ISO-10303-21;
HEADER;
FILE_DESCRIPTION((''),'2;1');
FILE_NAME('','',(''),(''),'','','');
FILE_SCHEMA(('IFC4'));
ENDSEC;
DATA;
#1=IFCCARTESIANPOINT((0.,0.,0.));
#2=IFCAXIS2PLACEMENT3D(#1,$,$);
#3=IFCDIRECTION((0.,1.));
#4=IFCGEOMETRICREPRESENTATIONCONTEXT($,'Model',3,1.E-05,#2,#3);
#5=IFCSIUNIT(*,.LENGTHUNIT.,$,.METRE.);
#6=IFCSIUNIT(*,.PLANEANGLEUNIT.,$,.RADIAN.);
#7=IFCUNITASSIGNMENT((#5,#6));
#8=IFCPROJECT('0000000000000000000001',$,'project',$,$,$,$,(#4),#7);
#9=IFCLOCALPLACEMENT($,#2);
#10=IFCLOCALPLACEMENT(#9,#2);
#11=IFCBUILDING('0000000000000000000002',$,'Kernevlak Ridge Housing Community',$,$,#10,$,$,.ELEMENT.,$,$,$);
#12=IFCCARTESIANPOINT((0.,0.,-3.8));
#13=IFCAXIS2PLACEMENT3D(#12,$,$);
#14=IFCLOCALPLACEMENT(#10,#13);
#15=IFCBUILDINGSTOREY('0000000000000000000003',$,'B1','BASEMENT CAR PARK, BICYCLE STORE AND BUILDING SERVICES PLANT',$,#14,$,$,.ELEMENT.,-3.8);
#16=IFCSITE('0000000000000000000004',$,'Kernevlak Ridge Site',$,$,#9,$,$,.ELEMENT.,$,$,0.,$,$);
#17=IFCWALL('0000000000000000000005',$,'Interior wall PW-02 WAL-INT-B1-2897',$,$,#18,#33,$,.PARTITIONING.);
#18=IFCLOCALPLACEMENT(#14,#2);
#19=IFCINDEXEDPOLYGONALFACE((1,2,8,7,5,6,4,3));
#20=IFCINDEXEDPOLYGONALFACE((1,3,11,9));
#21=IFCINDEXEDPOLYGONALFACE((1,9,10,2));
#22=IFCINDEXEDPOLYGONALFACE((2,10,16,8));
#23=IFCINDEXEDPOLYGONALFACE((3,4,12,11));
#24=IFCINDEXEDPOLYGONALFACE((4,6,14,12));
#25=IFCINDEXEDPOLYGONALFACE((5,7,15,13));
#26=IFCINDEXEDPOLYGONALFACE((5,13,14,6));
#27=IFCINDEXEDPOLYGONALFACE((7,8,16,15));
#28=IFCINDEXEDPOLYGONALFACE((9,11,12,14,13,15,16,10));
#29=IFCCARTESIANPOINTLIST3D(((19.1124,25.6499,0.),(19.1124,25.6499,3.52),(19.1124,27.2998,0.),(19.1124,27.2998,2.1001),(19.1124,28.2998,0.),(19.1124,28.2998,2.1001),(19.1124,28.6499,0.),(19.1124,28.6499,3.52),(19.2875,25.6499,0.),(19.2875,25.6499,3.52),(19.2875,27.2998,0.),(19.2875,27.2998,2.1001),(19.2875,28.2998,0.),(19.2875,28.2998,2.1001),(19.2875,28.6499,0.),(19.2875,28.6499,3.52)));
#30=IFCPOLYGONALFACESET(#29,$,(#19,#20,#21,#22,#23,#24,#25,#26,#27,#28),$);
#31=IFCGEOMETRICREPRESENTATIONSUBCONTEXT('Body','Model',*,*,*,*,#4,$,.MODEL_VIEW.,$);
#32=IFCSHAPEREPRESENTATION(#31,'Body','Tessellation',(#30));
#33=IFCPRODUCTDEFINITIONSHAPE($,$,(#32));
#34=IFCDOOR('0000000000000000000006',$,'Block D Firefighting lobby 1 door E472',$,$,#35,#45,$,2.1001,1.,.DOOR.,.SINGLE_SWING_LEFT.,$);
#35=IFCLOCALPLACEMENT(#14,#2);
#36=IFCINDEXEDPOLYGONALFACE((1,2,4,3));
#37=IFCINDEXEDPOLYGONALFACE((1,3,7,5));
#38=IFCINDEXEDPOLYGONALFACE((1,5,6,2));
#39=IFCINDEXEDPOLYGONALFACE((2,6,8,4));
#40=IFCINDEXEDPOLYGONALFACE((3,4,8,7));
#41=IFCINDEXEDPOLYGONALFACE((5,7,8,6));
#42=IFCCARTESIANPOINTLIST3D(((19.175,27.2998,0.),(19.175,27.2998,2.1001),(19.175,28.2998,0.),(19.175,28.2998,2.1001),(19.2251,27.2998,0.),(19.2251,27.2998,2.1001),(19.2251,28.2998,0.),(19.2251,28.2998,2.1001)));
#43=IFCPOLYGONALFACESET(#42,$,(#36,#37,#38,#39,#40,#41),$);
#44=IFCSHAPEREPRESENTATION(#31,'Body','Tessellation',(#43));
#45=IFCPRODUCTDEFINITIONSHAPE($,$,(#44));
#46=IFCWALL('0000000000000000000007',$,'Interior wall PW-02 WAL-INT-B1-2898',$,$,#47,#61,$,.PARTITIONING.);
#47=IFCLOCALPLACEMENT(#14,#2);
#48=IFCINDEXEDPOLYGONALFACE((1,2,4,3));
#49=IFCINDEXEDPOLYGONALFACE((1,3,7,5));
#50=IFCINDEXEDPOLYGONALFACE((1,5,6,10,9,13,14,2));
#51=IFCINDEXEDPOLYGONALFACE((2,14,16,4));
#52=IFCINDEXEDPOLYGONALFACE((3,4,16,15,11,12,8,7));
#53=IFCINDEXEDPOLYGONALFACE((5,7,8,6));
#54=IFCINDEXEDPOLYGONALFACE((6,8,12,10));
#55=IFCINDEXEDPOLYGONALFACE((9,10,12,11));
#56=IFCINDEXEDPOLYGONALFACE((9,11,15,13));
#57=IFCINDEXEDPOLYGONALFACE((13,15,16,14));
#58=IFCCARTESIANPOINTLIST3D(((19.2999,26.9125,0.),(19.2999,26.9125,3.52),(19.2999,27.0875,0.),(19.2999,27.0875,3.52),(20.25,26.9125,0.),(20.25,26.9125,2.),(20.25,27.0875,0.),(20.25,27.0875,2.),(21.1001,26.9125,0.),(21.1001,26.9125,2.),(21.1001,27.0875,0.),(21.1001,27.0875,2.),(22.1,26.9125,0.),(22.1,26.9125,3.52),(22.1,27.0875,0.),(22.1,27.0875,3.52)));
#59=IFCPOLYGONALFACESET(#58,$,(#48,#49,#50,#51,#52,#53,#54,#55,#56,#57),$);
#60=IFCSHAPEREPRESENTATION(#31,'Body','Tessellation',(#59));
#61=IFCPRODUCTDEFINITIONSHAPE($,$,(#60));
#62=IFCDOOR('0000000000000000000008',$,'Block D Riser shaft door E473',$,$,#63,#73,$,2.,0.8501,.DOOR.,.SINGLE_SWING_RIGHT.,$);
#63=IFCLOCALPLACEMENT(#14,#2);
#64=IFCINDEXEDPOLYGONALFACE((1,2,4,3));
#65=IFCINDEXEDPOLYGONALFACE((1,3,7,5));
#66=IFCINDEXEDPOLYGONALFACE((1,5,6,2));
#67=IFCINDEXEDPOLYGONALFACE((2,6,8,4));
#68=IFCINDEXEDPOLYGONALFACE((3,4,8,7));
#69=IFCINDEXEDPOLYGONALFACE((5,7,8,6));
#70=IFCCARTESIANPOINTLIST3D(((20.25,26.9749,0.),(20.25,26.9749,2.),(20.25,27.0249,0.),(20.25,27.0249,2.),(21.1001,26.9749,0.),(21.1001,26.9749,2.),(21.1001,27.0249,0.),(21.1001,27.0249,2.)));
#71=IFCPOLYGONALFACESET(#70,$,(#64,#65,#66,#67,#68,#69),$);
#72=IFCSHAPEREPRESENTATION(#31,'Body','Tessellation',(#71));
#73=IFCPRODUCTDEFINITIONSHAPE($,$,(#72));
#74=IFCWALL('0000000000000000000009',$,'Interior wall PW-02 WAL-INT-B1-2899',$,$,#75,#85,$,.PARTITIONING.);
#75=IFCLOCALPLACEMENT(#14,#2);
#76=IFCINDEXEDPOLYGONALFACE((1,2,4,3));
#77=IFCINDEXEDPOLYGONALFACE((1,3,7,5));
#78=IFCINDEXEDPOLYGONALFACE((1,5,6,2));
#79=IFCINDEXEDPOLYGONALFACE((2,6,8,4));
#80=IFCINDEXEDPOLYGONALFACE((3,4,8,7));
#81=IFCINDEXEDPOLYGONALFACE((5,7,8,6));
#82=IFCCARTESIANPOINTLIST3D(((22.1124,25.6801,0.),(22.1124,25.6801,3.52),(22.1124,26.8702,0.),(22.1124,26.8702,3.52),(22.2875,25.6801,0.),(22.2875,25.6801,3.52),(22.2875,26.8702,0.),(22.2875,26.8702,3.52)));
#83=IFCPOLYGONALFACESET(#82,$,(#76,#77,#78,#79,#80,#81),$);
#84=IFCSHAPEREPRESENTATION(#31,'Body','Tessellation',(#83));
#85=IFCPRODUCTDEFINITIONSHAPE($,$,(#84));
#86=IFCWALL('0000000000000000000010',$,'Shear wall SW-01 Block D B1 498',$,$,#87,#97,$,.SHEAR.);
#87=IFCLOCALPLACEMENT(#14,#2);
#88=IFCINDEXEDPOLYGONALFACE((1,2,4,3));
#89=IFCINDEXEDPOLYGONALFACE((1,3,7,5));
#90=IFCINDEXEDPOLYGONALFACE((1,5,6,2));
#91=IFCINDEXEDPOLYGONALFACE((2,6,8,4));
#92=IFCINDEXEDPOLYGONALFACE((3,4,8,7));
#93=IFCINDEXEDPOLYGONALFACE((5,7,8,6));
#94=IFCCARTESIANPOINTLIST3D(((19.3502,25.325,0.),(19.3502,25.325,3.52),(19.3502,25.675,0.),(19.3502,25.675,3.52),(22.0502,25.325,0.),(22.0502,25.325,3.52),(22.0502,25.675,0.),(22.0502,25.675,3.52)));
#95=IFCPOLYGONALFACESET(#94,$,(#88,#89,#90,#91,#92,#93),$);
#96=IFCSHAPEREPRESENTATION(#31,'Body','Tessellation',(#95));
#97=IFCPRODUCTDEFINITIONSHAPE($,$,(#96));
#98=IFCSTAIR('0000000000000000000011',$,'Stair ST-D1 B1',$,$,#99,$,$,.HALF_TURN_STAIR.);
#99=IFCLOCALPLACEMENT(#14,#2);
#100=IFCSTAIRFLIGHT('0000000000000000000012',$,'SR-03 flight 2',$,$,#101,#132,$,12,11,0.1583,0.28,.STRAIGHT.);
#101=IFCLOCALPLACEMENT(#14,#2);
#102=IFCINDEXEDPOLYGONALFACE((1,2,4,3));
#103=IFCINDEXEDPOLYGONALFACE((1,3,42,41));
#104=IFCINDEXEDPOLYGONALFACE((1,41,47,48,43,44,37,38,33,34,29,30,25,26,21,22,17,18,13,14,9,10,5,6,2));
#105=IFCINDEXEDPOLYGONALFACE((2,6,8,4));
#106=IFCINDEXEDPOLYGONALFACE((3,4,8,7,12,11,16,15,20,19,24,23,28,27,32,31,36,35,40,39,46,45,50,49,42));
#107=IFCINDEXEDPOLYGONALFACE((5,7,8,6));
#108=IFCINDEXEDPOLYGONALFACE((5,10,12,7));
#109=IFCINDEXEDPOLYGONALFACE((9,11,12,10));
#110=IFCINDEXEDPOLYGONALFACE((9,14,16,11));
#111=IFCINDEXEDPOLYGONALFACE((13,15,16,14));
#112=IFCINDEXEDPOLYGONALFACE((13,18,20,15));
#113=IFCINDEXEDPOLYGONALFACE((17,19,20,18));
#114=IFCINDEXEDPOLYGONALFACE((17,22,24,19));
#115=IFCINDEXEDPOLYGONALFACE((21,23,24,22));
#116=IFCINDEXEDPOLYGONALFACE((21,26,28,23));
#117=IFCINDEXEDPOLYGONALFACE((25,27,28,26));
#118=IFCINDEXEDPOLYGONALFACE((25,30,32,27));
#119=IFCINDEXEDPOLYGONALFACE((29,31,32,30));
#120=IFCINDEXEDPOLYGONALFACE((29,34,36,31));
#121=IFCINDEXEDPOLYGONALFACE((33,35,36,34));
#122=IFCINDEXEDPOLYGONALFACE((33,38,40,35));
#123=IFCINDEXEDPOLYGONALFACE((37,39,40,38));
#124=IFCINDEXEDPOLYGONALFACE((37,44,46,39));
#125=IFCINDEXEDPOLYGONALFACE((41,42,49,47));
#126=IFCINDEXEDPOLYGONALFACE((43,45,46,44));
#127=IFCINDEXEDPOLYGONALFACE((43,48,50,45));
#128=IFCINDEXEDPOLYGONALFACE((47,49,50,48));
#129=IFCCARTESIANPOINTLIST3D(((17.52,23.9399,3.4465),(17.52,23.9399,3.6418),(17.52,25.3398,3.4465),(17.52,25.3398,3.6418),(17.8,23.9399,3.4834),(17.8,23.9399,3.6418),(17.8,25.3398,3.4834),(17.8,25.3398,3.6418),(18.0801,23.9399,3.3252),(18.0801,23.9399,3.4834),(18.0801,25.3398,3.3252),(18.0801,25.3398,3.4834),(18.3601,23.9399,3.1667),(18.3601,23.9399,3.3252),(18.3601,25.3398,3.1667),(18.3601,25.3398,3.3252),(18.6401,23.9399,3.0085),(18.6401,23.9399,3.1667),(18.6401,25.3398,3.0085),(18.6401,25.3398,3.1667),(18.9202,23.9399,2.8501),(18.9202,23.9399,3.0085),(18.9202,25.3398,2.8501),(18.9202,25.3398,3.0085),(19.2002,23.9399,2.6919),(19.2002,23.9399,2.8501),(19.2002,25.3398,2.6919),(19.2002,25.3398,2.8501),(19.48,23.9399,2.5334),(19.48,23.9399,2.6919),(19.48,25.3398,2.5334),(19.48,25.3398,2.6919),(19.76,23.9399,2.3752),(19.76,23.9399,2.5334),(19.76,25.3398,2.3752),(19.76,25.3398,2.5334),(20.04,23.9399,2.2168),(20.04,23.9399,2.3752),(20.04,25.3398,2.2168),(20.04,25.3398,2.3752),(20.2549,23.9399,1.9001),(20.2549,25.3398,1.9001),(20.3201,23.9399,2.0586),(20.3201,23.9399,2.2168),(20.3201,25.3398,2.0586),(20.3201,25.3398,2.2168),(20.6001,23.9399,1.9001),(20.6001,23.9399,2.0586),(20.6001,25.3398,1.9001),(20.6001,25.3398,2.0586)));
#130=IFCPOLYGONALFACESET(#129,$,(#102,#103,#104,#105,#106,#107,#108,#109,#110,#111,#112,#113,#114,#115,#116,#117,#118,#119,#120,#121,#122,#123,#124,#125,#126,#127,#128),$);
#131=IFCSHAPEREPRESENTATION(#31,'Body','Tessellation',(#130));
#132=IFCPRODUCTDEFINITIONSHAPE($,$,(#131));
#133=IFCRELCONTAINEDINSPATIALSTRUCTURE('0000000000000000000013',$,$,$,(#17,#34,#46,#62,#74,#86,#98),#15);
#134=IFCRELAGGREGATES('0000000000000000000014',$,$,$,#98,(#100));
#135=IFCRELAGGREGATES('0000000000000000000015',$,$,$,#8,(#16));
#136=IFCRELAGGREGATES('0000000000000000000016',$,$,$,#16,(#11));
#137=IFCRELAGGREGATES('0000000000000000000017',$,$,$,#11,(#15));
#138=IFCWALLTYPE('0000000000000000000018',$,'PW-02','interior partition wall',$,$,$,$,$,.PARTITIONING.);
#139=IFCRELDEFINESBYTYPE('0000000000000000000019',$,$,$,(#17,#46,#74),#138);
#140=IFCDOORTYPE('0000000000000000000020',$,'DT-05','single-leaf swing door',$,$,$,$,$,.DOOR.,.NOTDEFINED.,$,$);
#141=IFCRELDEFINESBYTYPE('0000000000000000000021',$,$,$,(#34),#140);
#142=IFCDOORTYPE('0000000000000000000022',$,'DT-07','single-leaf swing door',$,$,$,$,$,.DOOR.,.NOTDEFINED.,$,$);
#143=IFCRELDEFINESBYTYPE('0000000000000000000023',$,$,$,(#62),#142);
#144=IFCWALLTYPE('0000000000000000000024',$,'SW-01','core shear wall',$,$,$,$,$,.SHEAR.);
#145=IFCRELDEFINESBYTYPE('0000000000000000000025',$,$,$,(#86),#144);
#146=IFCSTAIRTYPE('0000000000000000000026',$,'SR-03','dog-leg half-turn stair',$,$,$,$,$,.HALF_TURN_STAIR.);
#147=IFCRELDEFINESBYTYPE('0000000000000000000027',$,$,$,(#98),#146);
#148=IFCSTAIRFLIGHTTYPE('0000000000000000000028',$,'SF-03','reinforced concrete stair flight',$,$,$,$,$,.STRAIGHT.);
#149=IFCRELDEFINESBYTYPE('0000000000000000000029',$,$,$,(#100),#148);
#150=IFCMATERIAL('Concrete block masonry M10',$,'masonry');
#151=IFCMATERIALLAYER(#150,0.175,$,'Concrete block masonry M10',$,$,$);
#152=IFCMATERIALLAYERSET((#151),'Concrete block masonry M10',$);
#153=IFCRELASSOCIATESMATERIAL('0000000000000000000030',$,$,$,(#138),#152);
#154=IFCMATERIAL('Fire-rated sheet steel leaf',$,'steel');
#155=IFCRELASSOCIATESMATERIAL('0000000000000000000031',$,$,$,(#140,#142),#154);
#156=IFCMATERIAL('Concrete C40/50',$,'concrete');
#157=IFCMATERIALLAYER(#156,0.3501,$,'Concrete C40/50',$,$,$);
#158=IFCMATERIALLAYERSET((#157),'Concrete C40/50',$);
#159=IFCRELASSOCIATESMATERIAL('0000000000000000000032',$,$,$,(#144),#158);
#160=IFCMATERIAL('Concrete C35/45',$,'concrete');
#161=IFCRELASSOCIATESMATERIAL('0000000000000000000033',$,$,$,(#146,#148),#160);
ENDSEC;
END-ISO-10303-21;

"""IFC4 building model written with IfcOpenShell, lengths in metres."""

from ifc_helpers import new_model, si_unit, direction, frame, frame_2d, origin, place, context, subcontext, project, spatial, polyline, rectangle, outline, extrude, material, layer, layer_set, type_object, element, fill, aggregate, save


model = new_model("IFC4")

# Units and contexts
model_context = context("Model", 3, precision=1e-05, world=origin(), true_north=direction((0.0, 1.0)))
body_context = subcontext(model_context, "Body", "Model", "MODEL_VIEW")
ifc_project = project(units=[si_unit("LENGTHUNIT", "METRE"), si_unit("PLANEANGLEUNIT", "RADIAN")], contexts=[model_context])

# Site, building, storey
site_placement = place(None, origin())
site = spatial("IfcSite", under=ifc_project, at=site_placement, Name="Kernevlak Ridge Site", CompositionType="ELEMENT", RefElevation=0.0)
building_placement = place(site_placement, origin())
building = spatial("IfcBuilding", under=site, at=building_placement, Name="Kernevlak Ridge Housing Community", CompositionType="ELEMENT")
storey_placement = place(building_placement, frame((0.0, 0.0, -3.8)))
storey = spatial("IfcBuildingStorey", under=building, at=storey_placement, Name="B1", Description="BASEMENT CAR PARK, BICYCLE STORE AND BUILDING SERVICES PLANT", CompositionType="ELEMENT", Elevation=-3.8)

# Shared definitions
ifc_material_1 = material(Name="Concrete C35/45", Category="concrete")

# Walls, openings, doors
ifc_material_2 = material(Name="Concrete block masonry M10", Category="masonry")
ifc_layer_1 = layer(ifc_material_2, 0.175, Name="Concrete block masonry M10")
ifc_layer_set_1 = layer_set([ifc_layer_1], Name="Concrete block masonry M10")
wall_type_1 = type_object("IfcWallType", Name="PW-02", Description="interior partition wall", PredefinedType="PARTITIONING", material=ifc_layer_set_1)
wall_1_placement = place(storey_placement, frame((19.2, 25.6499, 0.0), z_axis=(0.0, 0.0, 1.0), x_axis=(0.0, 1.0, 0.0)))
wall_1 = element("IfcWall", 1, at=wall_1_placement, inside=storey, type_object=wall_type_1, Name="Interior wall PW-02 WAL-INT-B1-2897", PredefinedType="PARTITIONING", context=body_context, shape_type="SweptSolid", body=[
    extrude(rectangle(XDim=3.0, YDim=0.175, at=frame_2d((1.5, 0.0))), origin(), (0.0, 0.0, 1.0), 3.52),
])
opening_1_placement = place(wall_1_placement, frame((1.6499, 0.0, 0.0)))
opening_1 = element("IfcOpeningElement", 2, at=opening_1_placement, cuts=wall_1, PredefinedType="OPENING", context=body_context, shape_type="SweptSolid", body=[
    extrude(rectangle(XDim=1.0, YDim=2.1001, at=frame_2d((0.5, 1.05))), frame((0.0, 0.0974, 0.0), z_axis=(0.0, -1.0, 0.0), x_axis=(1.0, 0.0, 0.0)), (0.0, 0.0, 1.0), 0.1951),
])
ifc_material_3 = material(Name="Fire-rated sheet steel leaf", Category="steel")
door_type_1 = type_object("IfcDoorType", Name="DT-05", Description="single-leaf swing door", OperationType="NOTDEFINED", PredefinedType="DOOR", material=ifc_material_3)
door_1_placement = place(opening_1_placement, origin())
door_1 = element("IfcDoor", 3, at=door_1_placement, inside=storey, type_object=door_type_1, Name="Block D Firefighting lobby 1 door E472", OperationType="SINGLE_SWING_LEFT", OverallHeight=2.1001, OverallWidth=1.0, PredefinedType="DOOR", context=body_context, shape_type="SweptSolid", body=[
    extrude(rectangle(XDim=1.0, YDim=2.1001, at=frame_2d((0.5, 1.05))), frame((0.0, 0.0249, 0.0), z_axis=(0.0, -1.0, 0.0), x_axis=(1.0, 0.0, 0.0)), (0.0, 0.0, 1.0), 0.05),
])
fill(opening_1, door_1)
wall_2_placement = place(storey_placement, frame((19.3, 27.0, 0.0), z_axis=(0.0, 0.0, 1.0), x_axis=(1.0, 0.0, 0.0)))
wall_2 = element("IfcWall", 4, at=wall_2_placement, inside=storey, type_object=wall_type_1, Name="Interior wall PW-02 WAL-INT-B1-2898", PredefinedType="PARTITIONING", context=body_context, shape_type="SweptSolid", body=[
    extrude(rectangle(XDim=2.8, YDim=0.175, at=frame_2d((1.3999, 0.0))), origin(), (0.0, 0.0, 1.0), 3.52),
])
opening_2_placement = place(wall_2_placement, frame((0.95, 0.0, 0.0)))
opening_2 = element("IfcOpeningElement", 5, at=opening_2_placement, cuts=wall_2, PredefinedType="OPENING", context=body_context, shape_type="SweptSolid", body=[
    extrude(rectangle(XDim=0.8501, YDim=2.0, at=frame_2d((0.425, 1.0))), frame((0.0, 0.0974, 0.0), z_axis=(0.0, -1.0, 0.0), x_axis=(1.0, 0.0, 0.0)), (0.0, 0.0, 1.0), 0.1951),
])
door_type_2 = type_object("IfcDoorType", Name="DT-07", Description="single-leaf swing door", OperationType="NOTDEFINED", PredefinedType="DOOR", material=ifc_material_3)
door_2_placement = place(opening_2_placement, origin())
door_2 = element("IfcDoor", 6, at=door_2_placement, inside=storey, type_object=door_type_2, Name="Block D Riser shaft door E473", OperationType="SINGLE_SWING_RIGHT", OverallHeight=2.0, OverallWidth=0.8501, PredefinedType="DOOR", context=body_context, shape_type="SweptSolid", body=[
    extrude(rectangle(XDim=0.8501, YDim=2.0, at=frame_2d((0.425, 1.0))), frame((0.0, 0.0249, 0.0), z_axis=(0.0, -1.0, 0.0), x_axis=(1.0, 0.0, 0.0)), (0.0, 0.0, 1.0), 0.05),
])
fill(opening_2, door_2)

# Walls
wall_3_placement = place(storey_placement, frame((22.2, 25.6799, 0.0), z_axis=(0.0, 0.0, 1.0), x_axis=(0.0, 1.0, 0.0)))
element("IfcWall", 7, at=wall_3_placement, inside=storey, type_object=wall_type_1, Name="Interior wall PW-02 WAL-INT-B1-2899", PredefinedType="PARTITIONING", context=body_context, shape_type="SweptSolid", body=[
    extrude(rectangle(XDim=1.1902, YDim=0.175, at=frame_2d((0.5952, 0.0))), origin(), (0.0, 0.0, 1.0), 3.52),
])
ifc_material_4 = material(Name="Concrete C40/50", Category="concrete")
ifc_layer_2 = layer(ifc_material_4, 0.3501, Name="Concrete C40/50")
ifc_layer_set_2 = layer_set([ifc_layer_2], Name="Concrete C40/50")
wall_type_2 = type_object("IfcWallType", Name="SW-01", Description="core shear wall", PredefinedType="SHEAR", material=ifc_layer_set_2)
wall_4_placement = place(storey_placement, frame((19.3501, 25.5, 0.0), z_axis=(0.0, 0.0, 1.0), x_axis=(1.0, 0.0, 0.0)))
element("IfcWall", 8, at=wall_4_placement, inside=storey, type_object=wall_type_2, Name="Shear wall SW-01 Block D B1 498", PredefinedType="SHEAR", context=body_context, shape_type="SweptSolid", body=[
    extrude(rectangle(XDim=2.7, YDim=0.3501, at=frame_2d((1.3501, 0.0))), origin(), (0.0, 0.0, 1.0), 3.52),
])

# Stair, stair flight
stair_type = type_object("IfcStairType", Name="SR-03", Description="dog-leg half-turn stair", PredefinedType="HALF_TURN_STAIR", material=ifc_material_1)
stair_placement = place(storey_placement, origin())
stair = element("IfcStair", 9, at=stair_placement, inside=storey, type_object=stair_type, Name="Stair ST-D1 B1", PredefinedType="HALF_TURN_STAIR")
stair_flight_type = type_object("IfcStairFlightType", Name="SF-03", Description="reinforced concrete stair flight", PredefinedType="STRAIGHT", material=ifc_material_1)
stair_flight_placement = place(storey_placement, frame((20.6001, 24.6399, 1.9001), z_axis=(0.0, 0.0, 1.0), x_axis=(-1.0, 0.0, 0.0)))
stair_flight = element("IfcStairFlight", 10, at=stair_flight_placement, type_object=stair_flight_type, Name="SR-03 flight 2", NumberOfRisers=12, NumberOfTreads=11, PredefinedType="STRAIGHT", RiserHeight=0.1583, TreadLength=0.28, context=body_context, shape_type="SweptSolid", body=[
    extrude(outline(polyline([(0.0, 0.0), (0.0, 0.1584), (0.28, 0.1584), (0.28, 0.3167), (0.5601, 0.3167), (0.5601, 0.4751), (0.8401, 0.4751), (0.8401, 0.6333), (1.1201, 0.6333), (1.1201, 0.7917), (1.3999, 0.7917), (1.3999, 0.95), (1.6799, 0.95), (1.6799, 1.1084), (1.96, 1.1084), (1.96, 1.2666), (2.24, 1.2666), (2.24, 1.425), (2.52, 1.425), (2.52, 1.5833), (2.8, 1.5833), (2.8, 1.7417), (3.0801, 1.7417), (3.0801, 1.8999), (3.0801, 1.5464), (0.3452, 0.0), (0.0, 0.0)])), frame((0.0, 0.7, 0.0), z_axis=(0.0, -1.0, 0.0), x_axis=(1.0, 0.0, 0.0)), (0.0, 0.0, 1.0), 1.3999),
])
aggregate(stair, [stair_flight])

save(model, "model.ifc")
